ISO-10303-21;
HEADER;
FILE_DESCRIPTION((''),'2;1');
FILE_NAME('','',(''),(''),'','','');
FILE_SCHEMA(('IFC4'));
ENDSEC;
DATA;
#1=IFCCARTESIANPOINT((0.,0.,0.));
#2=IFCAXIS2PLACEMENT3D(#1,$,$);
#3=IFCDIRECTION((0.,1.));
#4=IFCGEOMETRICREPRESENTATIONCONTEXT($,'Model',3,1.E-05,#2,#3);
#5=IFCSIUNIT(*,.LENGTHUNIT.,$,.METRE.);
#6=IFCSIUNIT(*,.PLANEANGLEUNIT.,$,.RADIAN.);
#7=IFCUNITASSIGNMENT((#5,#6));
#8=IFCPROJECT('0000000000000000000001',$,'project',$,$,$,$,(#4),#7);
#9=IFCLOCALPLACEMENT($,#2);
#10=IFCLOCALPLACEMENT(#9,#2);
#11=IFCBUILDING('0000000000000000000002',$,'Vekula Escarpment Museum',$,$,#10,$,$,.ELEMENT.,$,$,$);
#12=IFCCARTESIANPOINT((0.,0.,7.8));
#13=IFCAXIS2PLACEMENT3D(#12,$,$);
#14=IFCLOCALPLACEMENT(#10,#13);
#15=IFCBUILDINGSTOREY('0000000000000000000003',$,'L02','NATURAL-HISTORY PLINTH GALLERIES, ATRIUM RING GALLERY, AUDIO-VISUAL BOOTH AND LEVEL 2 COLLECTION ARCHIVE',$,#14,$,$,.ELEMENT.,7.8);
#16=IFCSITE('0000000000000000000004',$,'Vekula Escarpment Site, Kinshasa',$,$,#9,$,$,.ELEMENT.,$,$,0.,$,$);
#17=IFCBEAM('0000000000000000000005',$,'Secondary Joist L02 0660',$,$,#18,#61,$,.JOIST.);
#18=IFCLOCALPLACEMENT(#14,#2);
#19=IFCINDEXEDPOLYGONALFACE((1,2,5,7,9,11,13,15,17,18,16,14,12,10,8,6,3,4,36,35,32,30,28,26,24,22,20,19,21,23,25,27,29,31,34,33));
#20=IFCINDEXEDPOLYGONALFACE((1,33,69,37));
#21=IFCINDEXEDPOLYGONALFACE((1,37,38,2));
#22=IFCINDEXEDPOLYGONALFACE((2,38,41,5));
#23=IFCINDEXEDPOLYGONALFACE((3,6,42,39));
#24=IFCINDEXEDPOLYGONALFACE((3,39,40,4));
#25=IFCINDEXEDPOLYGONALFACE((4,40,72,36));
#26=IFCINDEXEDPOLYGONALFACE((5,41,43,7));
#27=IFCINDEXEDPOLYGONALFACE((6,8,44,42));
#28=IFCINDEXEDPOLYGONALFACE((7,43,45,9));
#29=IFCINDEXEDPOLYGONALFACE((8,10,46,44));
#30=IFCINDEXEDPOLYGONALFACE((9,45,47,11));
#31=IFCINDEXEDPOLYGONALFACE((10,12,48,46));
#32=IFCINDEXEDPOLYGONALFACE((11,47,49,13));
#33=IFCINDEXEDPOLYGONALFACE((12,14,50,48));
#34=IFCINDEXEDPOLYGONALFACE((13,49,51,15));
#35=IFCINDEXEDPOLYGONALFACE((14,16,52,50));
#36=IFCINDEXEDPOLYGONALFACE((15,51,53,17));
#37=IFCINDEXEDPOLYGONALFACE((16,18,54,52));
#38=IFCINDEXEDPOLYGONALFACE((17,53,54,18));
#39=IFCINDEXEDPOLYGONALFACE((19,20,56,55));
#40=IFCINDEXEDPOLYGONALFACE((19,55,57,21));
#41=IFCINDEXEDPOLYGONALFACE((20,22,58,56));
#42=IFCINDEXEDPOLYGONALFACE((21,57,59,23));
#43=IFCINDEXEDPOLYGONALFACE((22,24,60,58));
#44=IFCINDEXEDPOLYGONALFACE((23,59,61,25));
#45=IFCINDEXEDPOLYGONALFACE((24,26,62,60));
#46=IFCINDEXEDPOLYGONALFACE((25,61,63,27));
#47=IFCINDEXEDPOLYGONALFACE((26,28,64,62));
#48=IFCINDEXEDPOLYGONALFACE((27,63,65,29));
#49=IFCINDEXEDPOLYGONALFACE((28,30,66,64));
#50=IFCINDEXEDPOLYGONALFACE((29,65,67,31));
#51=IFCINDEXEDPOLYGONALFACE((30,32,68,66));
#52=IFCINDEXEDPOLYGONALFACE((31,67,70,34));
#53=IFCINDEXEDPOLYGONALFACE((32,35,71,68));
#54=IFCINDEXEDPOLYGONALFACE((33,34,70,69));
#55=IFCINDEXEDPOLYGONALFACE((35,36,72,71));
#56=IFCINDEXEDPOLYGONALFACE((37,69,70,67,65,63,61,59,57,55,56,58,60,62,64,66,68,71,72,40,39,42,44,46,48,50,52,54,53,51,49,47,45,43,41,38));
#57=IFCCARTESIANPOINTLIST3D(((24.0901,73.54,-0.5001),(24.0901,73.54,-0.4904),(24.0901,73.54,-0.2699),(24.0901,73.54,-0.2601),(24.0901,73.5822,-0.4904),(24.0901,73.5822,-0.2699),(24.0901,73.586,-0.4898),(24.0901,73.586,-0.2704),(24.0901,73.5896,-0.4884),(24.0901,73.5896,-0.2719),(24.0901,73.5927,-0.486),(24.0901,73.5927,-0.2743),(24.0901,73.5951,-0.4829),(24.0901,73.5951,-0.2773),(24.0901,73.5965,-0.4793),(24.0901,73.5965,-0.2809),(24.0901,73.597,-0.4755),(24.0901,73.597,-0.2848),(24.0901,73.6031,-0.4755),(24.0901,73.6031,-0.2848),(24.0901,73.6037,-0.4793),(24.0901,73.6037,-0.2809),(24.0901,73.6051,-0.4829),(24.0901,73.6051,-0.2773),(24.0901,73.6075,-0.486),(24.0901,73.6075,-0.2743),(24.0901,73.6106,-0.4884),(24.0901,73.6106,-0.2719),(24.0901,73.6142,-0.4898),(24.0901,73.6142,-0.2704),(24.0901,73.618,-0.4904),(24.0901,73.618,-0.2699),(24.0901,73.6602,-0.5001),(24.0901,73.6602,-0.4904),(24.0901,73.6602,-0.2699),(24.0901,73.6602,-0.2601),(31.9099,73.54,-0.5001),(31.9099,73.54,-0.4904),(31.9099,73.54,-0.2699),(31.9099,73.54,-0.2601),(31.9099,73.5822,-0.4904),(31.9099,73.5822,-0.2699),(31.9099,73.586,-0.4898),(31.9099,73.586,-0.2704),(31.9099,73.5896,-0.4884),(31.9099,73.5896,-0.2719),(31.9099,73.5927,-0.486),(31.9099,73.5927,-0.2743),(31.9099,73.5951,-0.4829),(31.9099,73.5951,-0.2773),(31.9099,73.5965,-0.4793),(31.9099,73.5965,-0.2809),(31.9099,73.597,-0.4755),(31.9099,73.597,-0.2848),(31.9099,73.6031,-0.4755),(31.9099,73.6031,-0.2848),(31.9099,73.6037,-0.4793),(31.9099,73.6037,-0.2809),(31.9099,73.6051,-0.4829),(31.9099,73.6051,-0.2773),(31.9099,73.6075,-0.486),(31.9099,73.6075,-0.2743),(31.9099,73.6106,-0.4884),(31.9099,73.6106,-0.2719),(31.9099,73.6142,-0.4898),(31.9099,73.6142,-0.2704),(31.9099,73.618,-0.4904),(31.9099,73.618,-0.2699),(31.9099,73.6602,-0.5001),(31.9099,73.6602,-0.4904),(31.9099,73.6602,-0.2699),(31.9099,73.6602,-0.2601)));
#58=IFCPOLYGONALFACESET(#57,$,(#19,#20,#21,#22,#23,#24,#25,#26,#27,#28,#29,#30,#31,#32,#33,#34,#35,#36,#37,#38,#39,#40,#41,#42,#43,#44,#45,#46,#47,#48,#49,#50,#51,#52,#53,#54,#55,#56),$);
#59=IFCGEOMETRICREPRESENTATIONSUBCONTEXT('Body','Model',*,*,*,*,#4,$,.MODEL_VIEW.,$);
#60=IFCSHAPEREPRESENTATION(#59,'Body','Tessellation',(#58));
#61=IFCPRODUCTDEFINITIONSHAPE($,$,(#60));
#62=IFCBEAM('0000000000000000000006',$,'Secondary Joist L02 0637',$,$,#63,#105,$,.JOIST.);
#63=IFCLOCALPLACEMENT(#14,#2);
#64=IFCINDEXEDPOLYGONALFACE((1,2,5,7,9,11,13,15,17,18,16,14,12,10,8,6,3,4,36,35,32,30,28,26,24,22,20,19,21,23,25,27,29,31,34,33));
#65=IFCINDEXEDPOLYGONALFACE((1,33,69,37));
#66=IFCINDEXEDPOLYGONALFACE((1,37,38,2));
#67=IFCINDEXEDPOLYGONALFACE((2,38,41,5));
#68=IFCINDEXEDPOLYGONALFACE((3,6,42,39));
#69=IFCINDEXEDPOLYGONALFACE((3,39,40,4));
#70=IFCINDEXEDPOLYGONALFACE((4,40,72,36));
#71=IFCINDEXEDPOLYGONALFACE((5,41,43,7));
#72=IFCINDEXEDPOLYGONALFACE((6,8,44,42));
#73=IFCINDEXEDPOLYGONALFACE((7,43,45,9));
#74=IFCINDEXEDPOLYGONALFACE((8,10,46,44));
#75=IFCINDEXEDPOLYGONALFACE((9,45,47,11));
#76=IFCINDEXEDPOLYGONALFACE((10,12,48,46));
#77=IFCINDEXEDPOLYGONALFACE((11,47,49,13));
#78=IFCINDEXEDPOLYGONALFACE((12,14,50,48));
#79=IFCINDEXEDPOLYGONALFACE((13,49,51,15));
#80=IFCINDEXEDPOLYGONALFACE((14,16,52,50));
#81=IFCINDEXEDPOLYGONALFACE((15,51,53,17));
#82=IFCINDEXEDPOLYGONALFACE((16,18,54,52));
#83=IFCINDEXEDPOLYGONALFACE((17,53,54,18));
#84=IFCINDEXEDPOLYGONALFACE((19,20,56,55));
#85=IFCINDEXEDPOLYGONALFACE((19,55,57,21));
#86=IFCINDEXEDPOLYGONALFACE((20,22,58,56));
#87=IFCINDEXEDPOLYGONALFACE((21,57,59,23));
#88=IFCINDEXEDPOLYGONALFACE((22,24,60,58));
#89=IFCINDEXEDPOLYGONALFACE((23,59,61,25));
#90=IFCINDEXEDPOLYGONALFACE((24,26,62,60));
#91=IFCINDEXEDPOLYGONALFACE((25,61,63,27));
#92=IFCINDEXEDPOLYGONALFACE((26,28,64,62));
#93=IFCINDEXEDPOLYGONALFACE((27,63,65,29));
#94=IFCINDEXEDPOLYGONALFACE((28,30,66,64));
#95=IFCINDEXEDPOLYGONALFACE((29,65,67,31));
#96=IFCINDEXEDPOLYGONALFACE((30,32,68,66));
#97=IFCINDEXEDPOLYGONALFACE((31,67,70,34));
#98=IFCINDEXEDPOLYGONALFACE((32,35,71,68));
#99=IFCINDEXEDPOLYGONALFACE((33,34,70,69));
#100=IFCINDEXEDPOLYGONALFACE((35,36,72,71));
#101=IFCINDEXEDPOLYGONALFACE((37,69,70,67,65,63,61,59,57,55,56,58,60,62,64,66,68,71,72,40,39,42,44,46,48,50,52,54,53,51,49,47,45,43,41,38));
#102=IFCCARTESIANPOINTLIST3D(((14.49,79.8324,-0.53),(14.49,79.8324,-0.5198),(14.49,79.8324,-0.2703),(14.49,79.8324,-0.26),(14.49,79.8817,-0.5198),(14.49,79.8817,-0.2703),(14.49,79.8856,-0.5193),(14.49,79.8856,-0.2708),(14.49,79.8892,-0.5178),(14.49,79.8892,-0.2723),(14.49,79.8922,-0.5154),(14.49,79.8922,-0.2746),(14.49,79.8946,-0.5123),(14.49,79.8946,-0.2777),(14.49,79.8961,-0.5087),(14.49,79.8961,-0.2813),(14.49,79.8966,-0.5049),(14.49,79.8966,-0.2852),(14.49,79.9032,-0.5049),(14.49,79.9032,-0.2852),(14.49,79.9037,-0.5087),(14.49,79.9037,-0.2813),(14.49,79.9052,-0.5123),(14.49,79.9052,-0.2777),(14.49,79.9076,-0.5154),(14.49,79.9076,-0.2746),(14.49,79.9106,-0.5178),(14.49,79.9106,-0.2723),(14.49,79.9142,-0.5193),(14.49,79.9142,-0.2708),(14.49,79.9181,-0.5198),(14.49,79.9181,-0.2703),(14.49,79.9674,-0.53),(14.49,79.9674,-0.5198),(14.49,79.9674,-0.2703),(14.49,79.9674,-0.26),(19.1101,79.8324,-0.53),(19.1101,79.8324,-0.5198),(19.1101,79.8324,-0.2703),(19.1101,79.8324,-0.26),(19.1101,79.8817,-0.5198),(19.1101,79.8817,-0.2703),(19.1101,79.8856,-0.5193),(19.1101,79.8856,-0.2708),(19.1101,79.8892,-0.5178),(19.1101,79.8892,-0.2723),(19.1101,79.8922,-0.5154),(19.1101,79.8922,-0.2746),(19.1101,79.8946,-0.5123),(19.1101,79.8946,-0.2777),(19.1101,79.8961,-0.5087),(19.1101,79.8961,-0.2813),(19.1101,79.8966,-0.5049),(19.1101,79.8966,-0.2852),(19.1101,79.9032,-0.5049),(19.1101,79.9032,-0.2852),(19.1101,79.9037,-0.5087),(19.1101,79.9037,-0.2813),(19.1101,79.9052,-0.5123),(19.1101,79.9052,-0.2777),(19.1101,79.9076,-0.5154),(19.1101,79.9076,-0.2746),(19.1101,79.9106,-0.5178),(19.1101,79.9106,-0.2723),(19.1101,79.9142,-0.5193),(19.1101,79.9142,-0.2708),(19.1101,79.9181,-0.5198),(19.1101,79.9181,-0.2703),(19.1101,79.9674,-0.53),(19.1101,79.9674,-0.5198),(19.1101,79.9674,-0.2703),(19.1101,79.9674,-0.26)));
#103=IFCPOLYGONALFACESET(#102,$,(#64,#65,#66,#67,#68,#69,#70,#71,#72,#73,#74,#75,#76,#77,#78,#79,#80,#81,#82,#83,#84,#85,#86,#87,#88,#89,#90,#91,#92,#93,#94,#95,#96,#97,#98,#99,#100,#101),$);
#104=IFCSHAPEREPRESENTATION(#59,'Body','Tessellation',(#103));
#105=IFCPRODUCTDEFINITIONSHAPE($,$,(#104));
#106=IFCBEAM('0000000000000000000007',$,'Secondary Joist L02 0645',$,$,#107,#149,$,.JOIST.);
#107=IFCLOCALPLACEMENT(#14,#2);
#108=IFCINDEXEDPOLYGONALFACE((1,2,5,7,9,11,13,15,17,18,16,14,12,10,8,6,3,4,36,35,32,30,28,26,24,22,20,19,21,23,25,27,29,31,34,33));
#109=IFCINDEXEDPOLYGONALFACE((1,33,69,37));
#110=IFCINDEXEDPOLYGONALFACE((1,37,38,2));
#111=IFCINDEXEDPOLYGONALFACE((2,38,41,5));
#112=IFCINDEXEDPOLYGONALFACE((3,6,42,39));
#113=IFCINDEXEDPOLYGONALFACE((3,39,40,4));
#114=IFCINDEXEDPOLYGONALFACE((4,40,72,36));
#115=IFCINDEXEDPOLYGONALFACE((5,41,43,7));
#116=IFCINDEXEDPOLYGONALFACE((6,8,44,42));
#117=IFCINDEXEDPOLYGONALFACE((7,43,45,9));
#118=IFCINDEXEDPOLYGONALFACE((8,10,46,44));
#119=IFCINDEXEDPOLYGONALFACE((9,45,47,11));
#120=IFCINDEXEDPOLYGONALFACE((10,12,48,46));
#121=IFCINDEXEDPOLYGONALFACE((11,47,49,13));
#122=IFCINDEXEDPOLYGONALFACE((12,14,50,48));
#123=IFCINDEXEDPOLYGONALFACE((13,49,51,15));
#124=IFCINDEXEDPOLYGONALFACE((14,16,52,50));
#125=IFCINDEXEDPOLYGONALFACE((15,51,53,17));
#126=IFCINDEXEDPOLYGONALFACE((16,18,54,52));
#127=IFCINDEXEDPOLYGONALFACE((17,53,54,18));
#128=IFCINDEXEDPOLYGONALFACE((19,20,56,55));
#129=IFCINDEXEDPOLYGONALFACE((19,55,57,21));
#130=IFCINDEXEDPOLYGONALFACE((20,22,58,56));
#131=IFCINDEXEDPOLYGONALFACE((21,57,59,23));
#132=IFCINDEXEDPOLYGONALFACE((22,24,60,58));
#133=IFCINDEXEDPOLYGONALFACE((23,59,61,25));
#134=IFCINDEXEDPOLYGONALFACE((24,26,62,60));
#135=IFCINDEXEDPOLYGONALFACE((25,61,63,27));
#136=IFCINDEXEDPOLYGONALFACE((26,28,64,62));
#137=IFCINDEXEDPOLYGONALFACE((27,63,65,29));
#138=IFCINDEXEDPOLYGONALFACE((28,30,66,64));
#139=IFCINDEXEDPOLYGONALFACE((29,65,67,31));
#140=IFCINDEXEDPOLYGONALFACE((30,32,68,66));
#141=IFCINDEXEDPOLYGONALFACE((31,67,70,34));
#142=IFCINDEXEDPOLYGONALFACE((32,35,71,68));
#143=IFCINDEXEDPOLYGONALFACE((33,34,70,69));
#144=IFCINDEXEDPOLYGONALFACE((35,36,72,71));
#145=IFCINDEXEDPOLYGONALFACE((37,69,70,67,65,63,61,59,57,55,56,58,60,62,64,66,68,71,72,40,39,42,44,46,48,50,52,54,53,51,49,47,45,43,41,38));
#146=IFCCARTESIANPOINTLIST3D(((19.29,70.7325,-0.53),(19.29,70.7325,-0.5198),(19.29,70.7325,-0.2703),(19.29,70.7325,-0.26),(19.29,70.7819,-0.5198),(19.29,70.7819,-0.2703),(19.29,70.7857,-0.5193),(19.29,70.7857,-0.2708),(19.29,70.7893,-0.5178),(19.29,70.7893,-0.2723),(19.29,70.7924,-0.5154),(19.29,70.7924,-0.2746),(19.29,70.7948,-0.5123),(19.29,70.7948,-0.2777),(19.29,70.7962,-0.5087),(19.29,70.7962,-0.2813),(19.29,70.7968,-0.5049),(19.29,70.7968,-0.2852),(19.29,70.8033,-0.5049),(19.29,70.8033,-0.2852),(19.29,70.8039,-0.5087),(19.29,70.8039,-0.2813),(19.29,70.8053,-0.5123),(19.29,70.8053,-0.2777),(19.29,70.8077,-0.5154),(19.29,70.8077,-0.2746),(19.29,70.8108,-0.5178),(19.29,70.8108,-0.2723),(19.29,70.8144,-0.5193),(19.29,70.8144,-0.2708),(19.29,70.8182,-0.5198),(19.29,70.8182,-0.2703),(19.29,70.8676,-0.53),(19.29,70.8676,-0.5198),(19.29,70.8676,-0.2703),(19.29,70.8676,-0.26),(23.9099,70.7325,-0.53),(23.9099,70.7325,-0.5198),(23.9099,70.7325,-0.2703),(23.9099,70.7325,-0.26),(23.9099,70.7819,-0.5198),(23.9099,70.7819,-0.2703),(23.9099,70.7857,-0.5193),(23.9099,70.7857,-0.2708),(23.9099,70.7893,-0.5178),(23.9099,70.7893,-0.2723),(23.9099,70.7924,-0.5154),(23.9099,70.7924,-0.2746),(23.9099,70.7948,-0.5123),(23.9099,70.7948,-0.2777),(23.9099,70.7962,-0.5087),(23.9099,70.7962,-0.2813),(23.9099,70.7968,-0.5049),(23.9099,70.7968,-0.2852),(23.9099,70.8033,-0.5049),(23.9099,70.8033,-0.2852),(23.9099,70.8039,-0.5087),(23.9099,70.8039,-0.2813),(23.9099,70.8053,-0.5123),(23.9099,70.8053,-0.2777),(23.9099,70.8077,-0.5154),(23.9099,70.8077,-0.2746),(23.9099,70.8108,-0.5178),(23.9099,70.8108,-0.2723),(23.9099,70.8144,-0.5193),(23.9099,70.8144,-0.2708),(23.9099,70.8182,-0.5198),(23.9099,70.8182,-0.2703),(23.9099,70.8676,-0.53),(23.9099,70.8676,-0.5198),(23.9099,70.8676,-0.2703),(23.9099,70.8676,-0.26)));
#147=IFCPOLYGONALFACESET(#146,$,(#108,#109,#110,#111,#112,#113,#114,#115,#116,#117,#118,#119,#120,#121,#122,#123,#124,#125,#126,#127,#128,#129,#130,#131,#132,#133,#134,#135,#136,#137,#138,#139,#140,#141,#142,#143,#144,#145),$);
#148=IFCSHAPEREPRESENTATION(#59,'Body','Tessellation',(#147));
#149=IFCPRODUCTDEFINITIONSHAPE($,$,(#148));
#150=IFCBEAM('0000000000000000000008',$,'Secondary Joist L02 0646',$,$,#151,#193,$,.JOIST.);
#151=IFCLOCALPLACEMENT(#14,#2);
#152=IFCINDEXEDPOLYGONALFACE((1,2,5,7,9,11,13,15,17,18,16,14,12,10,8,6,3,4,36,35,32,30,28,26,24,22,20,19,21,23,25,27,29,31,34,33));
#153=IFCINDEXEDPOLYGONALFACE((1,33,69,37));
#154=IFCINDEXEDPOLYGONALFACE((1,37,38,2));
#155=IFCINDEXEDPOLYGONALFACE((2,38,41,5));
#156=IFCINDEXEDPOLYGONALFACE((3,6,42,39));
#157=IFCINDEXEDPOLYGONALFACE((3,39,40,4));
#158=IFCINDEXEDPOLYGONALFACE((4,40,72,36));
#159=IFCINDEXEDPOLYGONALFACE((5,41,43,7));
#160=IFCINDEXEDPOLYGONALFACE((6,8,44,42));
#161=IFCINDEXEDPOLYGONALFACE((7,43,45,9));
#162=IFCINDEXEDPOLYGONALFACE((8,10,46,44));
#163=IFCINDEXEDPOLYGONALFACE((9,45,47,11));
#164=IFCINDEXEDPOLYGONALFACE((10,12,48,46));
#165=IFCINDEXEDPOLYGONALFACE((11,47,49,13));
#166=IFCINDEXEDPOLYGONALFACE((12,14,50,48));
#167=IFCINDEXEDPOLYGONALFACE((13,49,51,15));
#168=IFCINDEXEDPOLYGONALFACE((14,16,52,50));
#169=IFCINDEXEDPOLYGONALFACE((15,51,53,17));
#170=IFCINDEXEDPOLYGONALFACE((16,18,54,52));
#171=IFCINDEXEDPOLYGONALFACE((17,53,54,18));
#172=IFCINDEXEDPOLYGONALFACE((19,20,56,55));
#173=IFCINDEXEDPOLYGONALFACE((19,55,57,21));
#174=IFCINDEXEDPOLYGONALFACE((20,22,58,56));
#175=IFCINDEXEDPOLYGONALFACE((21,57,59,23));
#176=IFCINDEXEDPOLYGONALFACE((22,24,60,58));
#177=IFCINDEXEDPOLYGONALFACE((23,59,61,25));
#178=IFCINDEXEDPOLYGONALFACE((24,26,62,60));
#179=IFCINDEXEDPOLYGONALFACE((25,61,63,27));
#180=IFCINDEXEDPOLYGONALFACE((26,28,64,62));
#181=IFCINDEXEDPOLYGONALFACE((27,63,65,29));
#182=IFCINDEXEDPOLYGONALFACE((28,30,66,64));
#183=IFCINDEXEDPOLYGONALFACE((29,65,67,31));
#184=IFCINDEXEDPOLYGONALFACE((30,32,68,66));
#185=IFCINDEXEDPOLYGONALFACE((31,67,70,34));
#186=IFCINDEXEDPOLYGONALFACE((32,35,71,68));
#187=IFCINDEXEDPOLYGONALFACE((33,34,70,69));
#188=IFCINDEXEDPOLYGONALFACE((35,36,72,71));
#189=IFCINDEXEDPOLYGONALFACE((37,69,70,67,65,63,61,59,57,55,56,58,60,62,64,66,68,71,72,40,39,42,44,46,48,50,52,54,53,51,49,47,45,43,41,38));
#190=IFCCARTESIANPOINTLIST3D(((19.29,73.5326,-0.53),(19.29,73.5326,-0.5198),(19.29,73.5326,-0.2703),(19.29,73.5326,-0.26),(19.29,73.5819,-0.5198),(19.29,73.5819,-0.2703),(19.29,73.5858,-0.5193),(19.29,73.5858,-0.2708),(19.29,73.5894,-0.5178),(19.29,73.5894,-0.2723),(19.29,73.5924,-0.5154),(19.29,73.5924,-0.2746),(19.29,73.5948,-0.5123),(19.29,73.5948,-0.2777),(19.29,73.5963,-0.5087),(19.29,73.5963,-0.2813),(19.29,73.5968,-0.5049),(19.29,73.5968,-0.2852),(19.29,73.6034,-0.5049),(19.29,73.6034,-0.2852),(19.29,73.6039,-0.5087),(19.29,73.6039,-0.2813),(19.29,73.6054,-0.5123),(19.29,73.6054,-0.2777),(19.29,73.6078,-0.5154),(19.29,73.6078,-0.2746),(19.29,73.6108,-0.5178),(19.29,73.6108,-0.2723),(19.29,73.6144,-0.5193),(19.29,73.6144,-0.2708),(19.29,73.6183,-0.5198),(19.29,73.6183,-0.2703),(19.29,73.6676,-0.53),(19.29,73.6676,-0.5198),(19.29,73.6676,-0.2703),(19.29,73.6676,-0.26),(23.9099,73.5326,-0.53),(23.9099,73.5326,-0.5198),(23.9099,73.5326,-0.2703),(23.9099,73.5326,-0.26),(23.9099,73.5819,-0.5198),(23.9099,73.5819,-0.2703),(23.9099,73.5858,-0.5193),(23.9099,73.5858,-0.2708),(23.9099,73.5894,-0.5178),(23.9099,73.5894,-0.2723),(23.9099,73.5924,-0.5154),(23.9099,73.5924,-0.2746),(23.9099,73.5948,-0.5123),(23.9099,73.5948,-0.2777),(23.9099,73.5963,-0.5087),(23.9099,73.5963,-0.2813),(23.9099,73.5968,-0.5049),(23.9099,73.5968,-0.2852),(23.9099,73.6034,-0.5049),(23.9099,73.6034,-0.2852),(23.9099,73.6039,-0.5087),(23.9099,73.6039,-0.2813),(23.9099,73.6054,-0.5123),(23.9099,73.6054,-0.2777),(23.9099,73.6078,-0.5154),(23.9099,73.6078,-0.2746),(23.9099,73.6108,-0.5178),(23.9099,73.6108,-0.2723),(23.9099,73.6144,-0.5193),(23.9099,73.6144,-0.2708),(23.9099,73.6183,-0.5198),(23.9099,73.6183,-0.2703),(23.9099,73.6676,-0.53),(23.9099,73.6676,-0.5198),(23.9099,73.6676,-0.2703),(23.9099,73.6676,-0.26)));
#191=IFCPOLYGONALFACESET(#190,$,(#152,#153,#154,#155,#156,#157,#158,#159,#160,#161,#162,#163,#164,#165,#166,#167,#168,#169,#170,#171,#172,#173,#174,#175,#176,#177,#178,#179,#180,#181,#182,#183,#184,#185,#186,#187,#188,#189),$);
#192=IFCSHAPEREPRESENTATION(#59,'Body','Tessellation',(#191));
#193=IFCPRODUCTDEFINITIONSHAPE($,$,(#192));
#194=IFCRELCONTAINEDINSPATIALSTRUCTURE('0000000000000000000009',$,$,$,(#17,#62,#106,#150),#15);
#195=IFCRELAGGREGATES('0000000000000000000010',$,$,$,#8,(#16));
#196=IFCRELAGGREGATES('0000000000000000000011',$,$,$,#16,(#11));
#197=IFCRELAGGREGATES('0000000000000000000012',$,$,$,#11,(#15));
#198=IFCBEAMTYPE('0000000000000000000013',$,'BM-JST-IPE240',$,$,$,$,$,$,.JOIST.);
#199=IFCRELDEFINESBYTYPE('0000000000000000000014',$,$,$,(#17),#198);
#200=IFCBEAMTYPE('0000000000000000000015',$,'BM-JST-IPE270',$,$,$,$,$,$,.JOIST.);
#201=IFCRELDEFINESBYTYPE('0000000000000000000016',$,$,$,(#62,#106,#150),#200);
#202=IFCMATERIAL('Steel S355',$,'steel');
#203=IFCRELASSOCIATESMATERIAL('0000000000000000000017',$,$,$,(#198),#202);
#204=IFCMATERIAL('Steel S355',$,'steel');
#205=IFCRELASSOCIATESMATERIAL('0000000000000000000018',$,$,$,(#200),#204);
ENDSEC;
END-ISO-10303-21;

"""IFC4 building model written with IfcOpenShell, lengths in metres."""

from ifc_helpers import new_model, si_unit, direction, frame, origin, origin_2d, place, context, subcontext, project, spatial, i_section, extrude, material, material_profile, profile_set, type_object, element, save


model = new_model("IFC4")

# Units and contexts
model_context = context("Model", 3, precision=1e-05, world=origin(), true_north=direction((0.0, 1.0)))
body_context = subcontext(model_context, "Body", "Model", "MODEL_VIEW")
ifc_project = project(units=[si_unit("LENGTHUNIT", "METRE"), si_unit("PLANEANGLEUNIT", "RADIAN")], contexts=[model_context])

# Site, building, storey
site_placement = place(None, origin())
site = spatial("IfcSite", under=ifc_project, at=site_placement, Name="Vekula Escarpment Site, Kinshasa", CompositionType="ELEMENT", RefElevation=0.0)
building_placement = place(site_placement, origin())
building = spatial("IfcBuilding", under=site, at=building_placement, Name="Vekula Escarpment Museum", CompositionType="ELEMENT")
storey_placement = place(building_placement, frame((0.0, 0.0, 7.8)))
storey = spatial("IfcBuildingStorey", under=building, at=storey_placement, Name="L02", Description="NATURAL-HISTORY PLINTH GALLERIES, ATRIUM RING GALLERY, AUDIO-VISUAL BOOTH AND LEVEL 2 COLLECTION ARCHIVE", CompositionType="ELEMENT", Elevation=7.8)

# Beams
ifc_material_1 = material(Name="Steel S355", Category="steel")
ifc_material_profile_1 = material_profile(ifc_material_1, i_section(OverallWidth=0.1201, OverallDepth=0.24, WebThickness=0.0061, FlangeThickness=0.0098, FilletRadius=0.0149, at=origin_2d()), Name="IPE 240")
ifc_profile_set_1 = profile_set([ifc_material_profile_1], Name="Steel S355")
beam_type_1 = type_object("IfcBeamType", Name="BM-JST-IPE240", PredefinedType="JOIST", material=ifc_profile_set_1)
for number, where, z_axis, x_axis, name in (
    (1, (24.0901, 73.6001, -0.3801), (1.0, 0.0, 0.0), (0.0, 1.0, 0.0), "Secondary Joist L02 0660"),
):
    element("IfcBeam", number, at=place(storey_placement, frame(where, z_axis=z_axis, x_axis=x_axis)), inside=storey, type_object=beam_type_1, Name=name, PredefinedType="JOIST", context=body_context, shape_type="SweptSolid", body=[
        extrude(i_section(OverallWidth=0.1201, OverallDepth=0.24, WebThickness=0.0061, FlangeThickness=0.0098, FilletRadius=0.0149, at=origin_2d()), origin(), (0.0, 0.0, 1.0), 7.8198),
    ])
ifc_material_2 = material(Name="Steel S355", Category="steel")
ifc_material_profile_2 = material_profile(ifc_material_2, i_section(OverallWidth=0.135, OverallDepth=0.27, WebThickness=0.0066, FlangeThickness=0.0103, FilletRadius=0.0149, at=origin_2d()), Name="IPE 270")
ifc_profile_set_2 = profile_set([ifc_material_profile_2], Name="Steel S355")
beam_type_2 = type_object("IfcBeamType", Name="BM-JST-IPE270", PredefinedType="JOIST", material=ifc_profile_set_2)
beam_1_placement = place(storey_placement, frame((14.49, 79.8999, -0.395), z_axis=(1.0, 0.0, 0.0), x_axis=(0.0, 1.0, 0.0)))
element("IfcBeam", 2, at=beam_1_placement, inside=storey, type_object=beam_type_2, Name="Secondary Joist L02 0637", PredefinedType="JOIST", context=body_context, shape_type="SweptSolid", body=[
    extrude(i_section(OverallWidth=0.135, OverallDepth=0.27, WebThickness=0.0066, FlangeThickness=0.0103, FilletRadius=0.0149, at=origin_2d()), origin(), (0.0, 0.0, 1.0), 4.6201),
])
for number, where, z_axis, x_axis, name in (
    (3, (19.29, 70.8, -0.395), (1.0, 0.0, 0.0), (0.0, 1.0, 0.0), "Secondary Joist L02 0645"),
    (4, (19.29, 73.6001, -0.395), (1.0, 0.0, 0.0), (0.0, 1.0, 0.0), "Secondary Joist L02 0646"),
):
    element("IfcBeam", number, at=place(storey_placement, frame(where, z_axis=z_axis, x_axis=x_axis)), inside=storey, type_object=beam_type_2, Name=name, PredefinedType="JOIST", context=body_context, shape_type="SweptSolid", body=[
        extrude(i_section(OverallWidth=0.135, OverallDepth=0.27, WebThickness=0.0066, FlangeThickness=0.0103, FilletRadius=0.0149, at=origin_2d()), origin(), (0.0, 0.0, 1.0), 4.6199),
    ])

save(model, "model.ifc")
